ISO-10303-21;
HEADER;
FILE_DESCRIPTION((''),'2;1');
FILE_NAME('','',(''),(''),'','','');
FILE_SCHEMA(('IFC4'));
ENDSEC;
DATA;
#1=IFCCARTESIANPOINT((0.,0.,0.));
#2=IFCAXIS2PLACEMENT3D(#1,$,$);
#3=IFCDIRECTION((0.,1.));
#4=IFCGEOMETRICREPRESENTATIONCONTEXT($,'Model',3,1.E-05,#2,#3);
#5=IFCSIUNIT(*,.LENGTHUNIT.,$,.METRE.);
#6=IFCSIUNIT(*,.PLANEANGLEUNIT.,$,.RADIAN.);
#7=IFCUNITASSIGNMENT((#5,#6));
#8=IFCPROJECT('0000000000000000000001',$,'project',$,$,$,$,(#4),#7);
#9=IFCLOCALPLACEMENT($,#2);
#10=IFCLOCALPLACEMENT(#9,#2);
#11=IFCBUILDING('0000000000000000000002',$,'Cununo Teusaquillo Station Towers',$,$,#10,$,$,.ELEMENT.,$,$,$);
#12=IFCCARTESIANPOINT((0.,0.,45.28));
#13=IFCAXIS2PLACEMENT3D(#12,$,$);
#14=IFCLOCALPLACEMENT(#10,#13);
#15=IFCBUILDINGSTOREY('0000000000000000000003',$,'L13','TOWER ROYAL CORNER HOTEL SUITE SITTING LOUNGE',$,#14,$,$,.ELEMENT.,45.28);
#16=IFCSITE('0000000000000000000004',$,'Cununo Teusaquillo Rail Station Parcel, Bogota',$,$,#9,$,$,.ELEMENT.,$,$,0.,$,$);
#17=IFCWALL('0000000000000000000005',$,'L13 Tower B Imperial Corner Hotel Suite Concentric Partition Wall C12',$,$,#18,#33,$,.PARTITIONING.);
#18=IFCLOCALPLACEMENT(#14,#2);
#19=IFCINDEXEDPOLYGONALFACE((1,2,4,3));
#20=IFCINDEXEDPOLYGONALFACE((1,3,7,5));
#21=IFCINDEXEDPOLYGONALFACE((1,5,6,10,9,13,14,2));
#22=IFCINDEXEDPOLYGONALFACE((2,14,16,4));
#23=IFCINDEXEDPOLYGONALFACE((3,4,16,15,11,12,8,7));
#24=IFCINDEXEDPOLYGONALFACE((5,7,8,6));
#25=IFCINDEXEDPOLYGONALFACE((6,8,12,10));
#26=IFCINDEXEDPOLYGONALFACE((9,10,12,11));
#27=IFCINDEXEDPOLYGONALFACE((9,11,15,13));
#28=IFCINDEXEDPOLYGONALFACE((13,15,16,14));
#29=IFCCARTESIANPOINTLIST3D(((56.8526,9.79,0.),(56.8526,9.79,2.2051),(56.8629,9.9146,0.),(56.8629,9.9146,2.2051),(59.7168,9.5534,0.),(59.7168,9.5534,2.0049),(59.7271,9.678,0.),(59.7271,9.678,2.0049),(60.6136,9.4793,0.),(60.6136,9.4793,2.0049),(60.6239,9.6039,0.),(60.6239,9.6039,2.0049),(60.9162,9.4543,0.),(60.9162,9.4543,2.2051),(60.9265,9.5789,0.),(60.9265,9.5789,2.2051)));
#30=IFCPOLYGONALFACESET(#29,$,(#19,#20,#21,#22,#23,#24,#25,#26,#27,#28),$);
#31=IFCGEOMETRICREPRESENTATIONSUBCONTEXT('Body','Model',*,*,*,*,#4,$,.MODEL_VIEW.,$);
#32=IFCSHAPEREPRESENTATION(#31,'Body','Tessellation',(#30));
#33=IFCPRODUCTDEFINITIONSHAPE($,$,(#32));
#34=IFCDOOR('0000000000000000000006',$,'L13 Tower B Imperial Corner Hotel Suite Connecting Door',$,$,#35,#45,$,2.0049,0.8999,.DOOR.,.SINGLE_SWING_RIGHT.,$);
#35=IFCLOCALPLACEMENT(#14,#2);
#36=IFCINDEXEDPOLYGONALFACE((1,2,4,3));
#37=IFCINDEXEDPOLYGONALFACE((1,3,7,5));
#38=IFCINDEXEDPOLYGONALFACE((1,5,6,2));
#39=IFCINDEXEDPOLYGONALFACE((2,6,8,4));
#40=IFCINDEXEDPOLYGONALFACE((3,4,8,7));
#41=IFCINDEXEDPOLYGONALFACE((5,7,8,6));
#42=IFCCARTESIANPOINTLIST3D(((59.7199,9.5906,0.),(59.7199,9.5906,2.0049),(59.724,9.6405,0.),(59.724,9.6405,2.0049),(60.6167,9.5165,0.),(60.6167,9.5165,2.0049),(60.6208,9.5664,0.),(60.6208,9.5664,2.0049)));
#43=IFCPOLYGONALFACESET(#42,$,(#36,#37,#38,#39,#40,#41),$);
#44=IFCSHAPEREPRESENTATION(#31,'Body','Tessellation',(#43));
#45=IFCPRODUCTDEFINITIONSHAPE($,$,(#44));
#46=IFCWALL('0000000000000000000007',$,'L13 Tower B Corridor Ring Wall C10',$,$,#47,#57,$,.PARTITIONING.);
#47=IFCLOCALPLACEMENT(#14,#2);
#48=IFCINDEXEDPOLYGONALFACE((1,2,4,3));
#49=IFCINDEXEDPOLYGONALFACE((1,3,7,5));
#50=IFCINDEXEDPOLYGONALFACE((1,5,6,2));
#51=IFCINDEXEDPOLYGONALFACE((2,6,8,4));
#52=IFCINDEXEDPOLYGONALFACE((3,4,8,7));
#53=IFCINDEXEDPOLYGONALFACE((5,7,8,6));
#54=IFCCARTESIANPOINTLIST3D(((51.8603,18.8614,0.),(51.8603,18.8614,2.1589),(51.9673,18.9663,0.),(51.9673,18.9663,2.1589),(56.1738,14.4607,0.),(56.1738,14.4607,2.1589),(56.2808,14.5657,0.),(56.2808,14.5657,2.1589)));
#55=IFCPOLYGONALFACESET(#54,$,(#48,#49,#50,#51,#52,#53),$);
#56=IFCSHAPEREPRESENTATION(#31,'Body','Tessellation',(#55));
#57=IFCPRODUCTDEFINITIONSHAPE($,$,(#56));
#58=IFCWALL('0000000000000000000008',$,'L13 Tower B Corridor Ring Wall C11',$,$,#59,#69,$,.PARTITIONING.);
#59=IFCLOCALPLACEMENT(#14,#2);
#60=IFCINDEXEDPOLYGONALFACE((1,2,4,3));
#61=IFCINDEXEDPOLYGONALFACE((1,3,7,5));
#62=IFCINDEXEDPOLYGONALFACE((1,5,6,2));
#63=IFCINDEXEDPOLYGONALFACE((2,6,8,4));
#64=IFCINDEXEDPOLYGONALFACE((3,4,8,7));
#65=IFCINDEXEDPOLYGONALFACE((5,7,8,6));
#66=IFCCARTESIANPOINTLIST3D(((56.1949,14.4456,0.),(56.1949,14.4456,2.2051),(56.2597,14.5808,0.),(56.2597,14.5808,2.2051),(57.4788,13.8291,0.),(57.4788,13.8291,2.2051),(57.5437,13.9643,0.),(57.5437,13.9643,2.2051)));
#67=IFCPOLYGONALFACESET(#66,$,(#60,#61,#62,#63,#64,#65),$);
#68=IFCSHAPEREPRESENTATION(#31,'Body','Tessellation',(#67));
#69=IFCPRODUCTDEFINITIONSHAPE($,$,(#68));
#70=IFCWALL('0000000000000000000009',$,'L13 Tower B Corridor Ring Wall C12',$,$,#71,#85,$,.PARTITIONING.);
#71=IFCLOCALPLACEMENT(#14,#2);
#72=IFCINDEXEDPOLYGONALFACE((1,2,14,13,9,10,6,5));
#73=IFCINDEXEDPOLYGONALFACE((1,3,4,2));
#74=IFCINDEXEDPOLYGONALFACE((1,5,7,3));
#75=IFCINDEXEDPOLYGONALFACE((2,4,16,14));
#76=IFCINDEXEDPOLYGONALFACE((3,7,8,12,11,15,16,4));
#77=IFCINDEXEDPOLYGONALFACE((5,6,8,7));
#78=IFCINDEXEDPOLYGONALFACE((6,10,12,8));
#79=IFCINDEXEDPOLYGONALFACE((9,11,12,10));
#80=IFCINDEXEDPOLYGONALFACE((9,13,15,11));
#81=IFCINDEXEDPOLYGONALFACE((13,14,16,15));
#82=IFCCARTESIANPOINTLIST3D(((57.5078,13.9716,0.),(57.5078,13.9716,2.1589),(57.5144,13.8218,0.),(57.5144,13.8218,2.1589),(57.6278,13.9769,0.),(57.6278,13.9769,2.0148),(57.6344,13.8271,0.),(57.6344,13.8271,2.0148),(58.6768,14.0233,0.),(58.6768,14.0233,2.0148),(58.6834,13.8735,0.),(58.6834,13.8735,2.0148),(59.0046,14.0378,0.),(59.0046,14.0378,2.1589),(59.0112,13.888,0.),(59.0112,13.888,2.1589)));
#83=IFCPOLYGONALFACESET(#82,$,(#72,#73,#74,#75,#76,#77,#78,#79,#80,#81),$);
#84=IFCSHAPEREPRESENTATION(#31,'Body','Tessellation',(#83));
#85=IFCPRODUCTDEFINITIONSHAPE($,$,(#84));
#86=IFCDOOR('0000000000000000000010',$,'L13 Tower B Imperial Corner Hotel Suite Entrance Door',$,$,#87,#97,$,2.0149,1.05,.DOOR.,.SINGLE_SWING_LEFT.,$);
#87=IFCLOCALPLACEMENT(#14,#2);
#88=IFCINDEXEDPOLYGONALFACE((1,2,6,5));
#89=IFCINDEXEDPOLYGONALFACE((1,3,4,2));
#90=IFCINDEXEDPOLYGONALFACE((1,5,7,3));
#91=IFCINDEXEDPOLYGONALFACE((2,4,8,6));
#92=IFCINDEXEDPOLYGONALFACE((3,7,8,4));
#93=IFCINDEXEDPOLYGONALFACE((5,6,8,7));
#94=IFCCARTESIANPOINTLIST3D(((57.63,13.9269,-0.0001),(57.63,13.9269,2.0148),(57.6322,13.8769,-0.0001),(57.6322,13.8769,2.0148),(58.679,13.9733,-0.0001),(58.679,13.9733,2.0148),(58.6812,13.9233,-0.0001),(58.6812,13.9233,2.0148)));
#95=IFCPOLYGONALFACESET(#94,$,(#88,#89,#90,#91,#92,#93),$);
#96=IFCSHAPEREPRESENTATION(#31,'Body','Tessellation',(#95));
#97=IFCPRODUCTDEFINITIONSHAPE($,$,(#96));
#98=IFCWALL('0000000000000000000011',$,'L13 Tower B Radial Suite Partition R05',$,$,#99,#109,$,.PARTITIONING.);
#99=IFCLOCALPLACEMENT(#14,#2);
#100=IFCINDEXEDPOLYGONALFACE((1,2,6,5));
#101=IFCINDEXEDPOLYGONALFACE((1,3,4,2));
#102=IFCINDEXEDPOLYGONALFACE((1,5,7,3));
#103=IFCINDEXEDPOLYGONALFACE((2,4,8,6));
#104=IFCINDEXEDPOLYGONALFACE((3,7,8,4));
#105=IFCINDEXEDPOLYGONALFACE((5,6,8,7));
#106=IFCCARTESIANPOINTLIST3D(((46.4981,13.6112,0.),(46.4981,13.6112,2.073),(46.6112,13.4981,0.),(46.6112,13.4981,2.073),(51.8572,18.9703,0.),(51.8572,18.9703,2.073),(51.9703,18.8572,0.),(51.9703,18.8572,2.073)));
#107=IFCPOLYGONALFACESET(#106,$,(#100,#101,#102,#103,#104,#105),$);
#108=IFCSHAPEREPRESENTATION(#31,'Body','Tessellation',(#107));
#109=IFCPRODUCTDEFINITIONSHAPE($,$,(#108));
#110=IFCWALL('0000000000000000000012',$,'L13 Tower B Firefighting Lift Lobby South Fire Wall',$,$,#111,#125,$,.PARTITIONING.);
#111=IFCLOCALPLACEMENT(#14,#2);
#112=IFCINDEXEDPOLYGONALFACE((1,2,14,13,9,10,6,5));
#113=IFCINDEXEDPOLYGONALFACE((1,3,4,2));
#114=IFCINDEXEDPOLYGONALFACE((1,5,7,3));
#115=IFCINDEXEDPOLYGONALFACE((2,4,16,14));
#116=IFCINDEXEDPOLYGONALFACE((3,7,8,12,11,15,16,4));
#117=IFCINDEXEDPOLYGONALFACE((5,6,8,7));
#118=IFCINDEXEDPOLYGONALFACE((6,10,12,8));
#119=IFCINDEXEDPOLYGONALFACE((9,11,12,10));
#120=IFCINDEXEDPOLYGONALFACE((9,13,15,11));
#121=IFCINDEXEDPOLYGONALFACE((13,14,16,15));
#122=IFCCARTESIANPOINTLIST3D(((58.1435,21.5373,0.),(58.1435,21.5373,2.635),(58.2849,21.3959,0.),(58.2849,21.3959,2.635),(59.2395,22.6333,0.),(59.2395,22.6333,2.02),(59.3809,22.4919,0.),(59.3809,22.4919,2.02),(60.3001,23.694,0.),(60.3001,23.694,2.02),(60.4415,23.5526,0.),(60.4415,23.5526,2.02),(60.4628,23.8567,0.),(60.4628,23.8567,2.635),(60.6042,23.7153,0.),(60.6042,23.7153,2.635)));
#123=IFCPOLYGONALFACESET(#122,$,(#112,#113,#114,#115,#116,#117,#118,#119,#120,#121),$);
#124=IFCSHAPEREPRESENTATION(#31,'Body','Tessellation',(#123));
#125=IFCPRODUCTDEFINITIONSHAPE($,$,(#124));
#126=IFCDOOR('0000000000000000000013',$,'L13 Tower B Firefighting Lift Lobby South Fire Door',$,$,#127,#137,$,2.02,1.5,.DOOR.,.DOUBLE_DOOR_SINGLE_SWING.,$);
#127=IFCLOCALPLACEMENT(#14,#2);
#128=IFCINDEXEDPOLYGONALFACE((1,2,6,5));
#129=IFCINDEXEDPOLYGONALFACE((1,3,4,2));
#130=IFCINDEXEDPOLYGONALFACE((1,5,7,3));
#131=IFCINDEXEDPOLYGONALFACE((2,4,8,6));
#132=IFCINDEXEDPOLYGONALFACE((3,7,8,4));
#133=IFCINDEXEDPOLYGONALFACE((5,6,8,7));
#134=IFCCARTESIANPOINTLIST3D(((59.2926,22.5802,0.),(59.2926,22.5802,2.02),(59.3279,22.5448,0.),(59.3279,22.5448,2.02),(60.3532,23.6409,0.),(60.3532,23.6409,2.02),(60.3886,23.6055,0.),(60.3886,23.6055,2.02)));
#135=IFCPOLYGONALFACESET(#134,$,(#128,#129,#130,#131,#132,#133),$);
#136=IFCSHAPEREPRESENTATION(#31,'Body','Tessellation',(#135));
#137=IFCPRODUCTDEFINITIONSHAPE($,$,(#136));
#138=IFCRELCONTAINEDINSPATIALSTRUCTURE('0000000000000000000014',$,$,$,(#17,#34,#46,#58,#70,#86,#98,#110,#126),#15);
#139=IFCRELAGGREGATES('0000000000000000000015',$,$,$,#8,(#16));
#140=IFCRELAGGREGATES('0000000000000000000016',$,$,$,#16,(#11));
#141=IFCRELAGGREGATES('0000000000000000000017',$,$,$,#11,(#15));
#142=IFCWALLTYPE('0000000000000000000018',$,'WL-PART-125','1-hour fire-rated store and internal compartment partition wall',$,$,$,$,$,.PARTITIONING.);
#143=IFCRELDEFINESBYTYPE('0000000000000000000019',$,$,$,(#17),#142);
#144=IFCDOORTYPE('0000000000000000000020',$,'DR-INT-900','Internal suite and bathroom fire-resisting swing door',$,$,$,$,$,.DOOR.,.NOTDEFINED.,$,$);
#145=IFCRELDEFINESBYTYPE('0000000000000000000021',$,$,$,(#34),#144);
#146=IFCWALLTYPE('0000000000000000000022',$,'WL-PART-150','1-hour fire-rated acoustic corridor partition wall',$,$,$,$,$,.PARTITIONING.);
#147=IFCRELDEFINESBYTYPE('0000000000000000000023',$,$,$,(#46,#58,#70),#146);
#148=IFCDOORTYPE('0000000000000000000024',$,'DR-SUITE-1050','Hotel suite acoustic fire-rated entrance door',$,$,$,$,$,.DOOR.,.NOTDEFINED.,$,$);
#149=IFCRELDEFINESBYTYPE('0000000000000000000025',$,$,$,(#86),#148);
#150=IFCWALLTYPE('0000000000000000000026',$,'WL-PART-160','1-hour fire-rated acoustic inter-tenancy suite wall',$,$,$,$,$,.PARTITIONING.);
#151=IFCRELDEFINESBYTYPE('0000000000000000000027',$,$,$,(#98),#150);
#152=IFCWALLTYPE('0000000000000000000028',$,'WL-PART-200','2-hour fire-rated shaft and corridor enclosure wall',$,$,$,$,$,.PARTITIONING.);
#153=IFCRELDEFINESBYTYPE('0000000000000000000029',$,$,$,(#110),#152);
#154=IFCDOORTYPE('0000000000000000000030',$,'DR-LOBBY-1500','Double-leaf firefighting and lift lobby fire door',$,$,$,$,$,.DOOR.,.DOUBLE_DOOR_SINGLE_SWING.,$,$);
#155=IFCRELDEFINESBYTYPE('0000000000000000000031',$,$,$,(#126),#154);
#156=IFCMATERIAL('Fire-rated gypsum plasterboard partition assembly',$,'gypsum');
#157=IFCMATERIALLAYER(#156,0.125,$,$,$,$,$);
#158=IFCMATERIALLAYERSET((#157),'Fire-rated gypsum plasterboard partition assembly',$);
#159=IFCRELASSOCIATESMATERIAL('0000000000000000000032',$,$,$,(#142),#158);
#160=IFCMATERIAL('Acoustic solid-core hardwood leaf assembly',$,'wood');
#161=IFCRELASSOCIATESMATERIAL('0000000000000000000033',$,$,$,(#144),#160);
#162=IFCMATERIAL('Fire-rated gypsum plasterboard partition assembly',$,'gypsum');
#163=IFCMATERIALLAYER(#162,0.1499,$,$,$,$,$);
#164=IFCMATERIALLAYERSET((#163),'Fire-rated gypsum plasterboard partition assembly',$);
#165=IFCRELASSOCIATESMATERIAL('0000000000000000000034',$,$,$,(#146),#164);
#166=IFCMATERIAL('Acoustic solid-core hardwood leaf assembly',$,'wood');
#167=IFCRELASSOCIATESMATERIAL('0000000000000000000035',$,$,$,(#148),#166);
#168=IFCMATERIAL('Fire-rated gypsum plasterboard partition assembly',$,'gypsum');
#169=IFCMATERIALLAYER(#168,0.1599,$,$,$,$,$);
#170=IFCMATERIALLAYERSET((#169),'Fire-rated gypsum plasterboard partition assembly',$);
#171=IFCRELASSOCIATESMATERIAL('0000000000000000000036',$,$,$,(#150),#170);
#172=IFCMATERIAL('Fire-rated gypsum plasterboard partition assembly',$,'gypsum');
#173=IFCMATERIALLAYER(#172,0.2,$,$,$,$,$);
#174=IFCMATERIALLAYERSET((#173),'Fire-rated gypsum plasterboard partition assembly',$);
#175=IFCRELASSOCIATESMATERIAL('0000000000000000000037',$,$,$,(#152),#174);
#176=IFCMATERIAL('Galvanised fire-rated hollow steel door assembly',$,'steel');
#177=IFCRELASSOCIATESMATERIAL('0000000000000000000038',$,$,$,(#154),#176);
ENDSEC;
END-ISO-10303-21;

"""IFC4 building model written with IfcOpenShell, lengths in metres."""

from ifc_helpers import new_model, si_unit, direction, frame, frame_2d, origin, place, context, subcontext, project, spatial, rectangle, extrude, source, transform, mapped, material, layer, layer_set, type_object, element, fill, save


model = new_model("IFC4")

# Units and contexts
model_context = context("Model", 3, precision=1e-05, world=origin(), true_north=direction((0.0, 1.0)))
body_context = subcontext(model_context, "Body", "Model", "MODEL_VIEW")
ifc_project = project(units=[si_unit("LENGTHUNIT", "METRE"), si_unit("PLANEANGLEUNIT", "RADIAN")], contexts=[model_context])

# Site, building, storey
site_placement = place(None, origin())
site = spatial("IfcSite", under=ifc_project, at=site_placement, Name="Cununo Teusaquillo Rail Station Parcel, Bogota", CompositionType="ELEMENT", RefElevation=0.0)
building_placement = place(site_placement, origin())
building = spatial("IfcBuilding", under=site, at=building_placement, Name="Cununo Teusaquillo Station Towers", CompositionType="ELEMENT")
storey_placement = place(building_placement, frame((0.0, 0.0, 45.28)))
storey = spatial("IfcBuildingStorey", under=building, at=storey_placement, Name="L13", Description="TOWER ROYAL CORNER HOTEL SUITE SITTING LOUNGE", CompositionType="ELEMENT", Elevation=45.28)

# Shared definitions
ifc_material_1 = material(Name="Fire-rated gypsum plasterboard partition assembly", Category="gypsum")
ifc_layer_1 = layer(ifc_material_1, 0.125)
ifc_layer_set_1 = layer_set([ifc_layer_1], Name="Fire-rated gypsum plasterboard partition assembly")
wall_type_1 = type_object("IfcWallType", Name="WL-PART-125", Description="1-hour fire-rated store and internal compartment partition wall", PredefinedType="PARTITIONING", material=ifc_layer_set_1)

# Wall, opening, door
wall_1_placement = place(storey_placement, frame((56.8579, 9.8523, 0.0), z_axis=(0.0, 0.0, 1.0), x_axis=(0.996605, -0.082332, 0.0)))
wall_1 = element("IfcWall", 1, at=wall_1_placement, inside=storey, type_object=wall_type_1, Name="L13 Tower B Imperial Corner Hotel Suite Concentric Partition Wall C12", PredefinedType="PARTITIONING", context=body_context, shape_type="SweptSolid", body=[
    extrude(rectangle(XDim=4.0774, YDim=0.125, at=frame_2d((2.0386, 0.0))), origin(), (0.0, 0.0, 1.0), 2.2051),
])
shared_shape_1 = source(origin(), body_context, "Body", "SweptSolid", [
    extrude(rectangle(XDim=0.8999, YDim=2.0049, at=frame_2d((0.45, 1.0024))), frame((0.0, 0.0725, 0.0), z_axis=(0.0, -1.0, 0.0), x_axis=(1.0, 0.0, 0.0)), (0.0, 0.0, 1.0), 0.145),
])
opening_1_placement = place(wall_1_placement, frame((2.8738, 0.0, 0.0)))
opening_1 = element("IfcOpeningElement", 2, at=opening_1_placement, cuts=wall_1, PredefinedType="OPENING", context=body_context, shape_type="MappedRepresentation", body=[
    mapped(shared_shape_1, transform((0.0, 0.0, 0.0), x_axis=(1.0, 0.0, 0.0), y_axis=(0.0, 1.0, 0.0), z_axis=(0.0, 0.0, 1.0), scale=1.0)),
])
ifc_material_2 = material(Name="Acoustic solid-core hardwood leaf assembly", Category="wood")
door_type_1 = type_object("IfcDoorType", Name="DR-INT-900", Description="Internal suite and bathroom fire-resisting swing door", OperationType="NOTDEFINED", PredefinedType="DOOR", material=ifc_material_2)
shared_shape_2 = source(origin(), body_context, "Body", "SweptSolid", [
    extrude(rectangle(XDim=0.8999, YDim=2.0049, at=frame_2d((0.45, 1.0024))), frame((0.0, 0.0249, 0.0), z_axis=(0.0, -1.0, 0.0), x_axis=(1.0, 0.0, 0.0)), (0.0, 0.0, 1.0), 0.05),
])
door_1_placement = place(opening_1_placement, origin())
door_1 = element("IfcDoor", 3, at=door_1_placement, inside=storey, type_object=door_type_1, Name="L13 Tower B Imperial Corner Hotel Suite Connecting Door", OperationType="SINGLE_SWING_RIGHT", OverallHeight=2.0049, OverallWidth=0.8999, PredefinedType="DOOR", context=body_context, shape_type="MappedRepresentation", body=[
    mapped(shared_shape_2, transform((0.0, 0.0, 0.0), x_axis=(1.0, 0.0, 0.0), y_axis=(0.0, 1.0, 0.0), z_axis=(0.0, 0.0, 1.0), scale=1.0)),
])
fill(opening_1, door_1)

# Walls
ifc_material_3 = material(Name="Fire-rated gypsum plasterboard partition assembly", Category="gypsum")
ifc_layer_2 = layer(ifc_material_3, 0.1499)
ifc_layer_set_2 = layer_set([ifc_layer_2], Name="Fire-rated gypsum plasterboard partition assembly")
wall_type_2 = type_object("IfcWallType", Name="WL-PART-150", Description="1-hour fire-rated acoustic corridor partition wall", PredefinedType="PARTITIONING", material=ifc_layer_set_2)
wall_2_placement = place(storey_placement, frame((51.9138, 18.9138, 0.0), z_axis=(0.0, 0.0, 1.0), x_axis=(0.699999, -0.714144, 0.0)))
element("IfcWall", 4, at=wall_2_placement, inside=storey, type_object=wall_type_2, Name="L13 Tower B Corridor Ring Wall C10", PredefinedType="PARTITIONING", context=body_context, shape_type="SweptSolid", body=[
    extrude(rectangle(XDim=6.1621, YDim=0.1499, at=frame_2d((3.0811, 0.0))), origin(), (0.0, 0.0, 1.0), 2.1589),
])
wall_3_placement = place(storey_placement, frame((56.2273, 14.5132, 0.0), z_axis=(0.0, 0.0, 1.0), x_axis=(0.901478, -0.432826, 0.0)))
element("IfcWall", 5, at=wall_3_placement, inside=storey, type_object=wall_type_2, Name="L13 Tower B Corridor Ring Wall C11", PredefinedType="PARTITIONING", context=body_context, shape_type="SweptSolid", body=[
    extrude(rectangle(XDim=1.4243, YDim=0.1499, at=frame_2d((0.7122, 0.0))), origin(), (0.0, 0.0, 1.0), 2.2051),
])

# Wall, opening, door
wall_4_placement = place(storey_placement, frame((57.5112, 13.8967, 0.0), z_axis=(0.0, 0.0, 1.0), x_axis=(0.999025, 0.044158, 0.0)))
wall_4 = element("IfcWall", 6, at=wall_4_placement, inside=storey, type_object=wall_type_2, Name="L13 Tower B Corridor Ring Wall C12", PredefinedType="PARTITIONING", context=body_context, shape_type="SweptSolid", body=[
    extrude(rectangle(XDim=1.4983, YDim=0.1499, at=frame_2d((0.749, 0.0))), origin(), (0.0, 0.0, 1.0), 2.1589),
])
shared_shape_3 = source(origin(), body_context, "Body", "SweptSolid", [
    extrude(rectangle(XDim=1.05, YDim=2.0149, at=frame_2d((0.5249, 1.0073))), frame((0.0, 0.085, 0.0), z_axis=(0.0, -1.0, 0.0), x_axis=(1.0, 0.0, 0.0)), (0.0, 0.0, 1.0), 0.1699),
])
opening_2_placement = place(wall_4_placement, frame((0.1201, 0.0, 0.0)))
opening_2 = element("IfcOpeningElement", 7, at=opening_2_placement, cuts=wall_4, PredefinedType="OPENING", context=body_context, shape_type="MappedRepresentation", body=[
    mapped(shared_shape_3, transform((0.0, 0.0, 0.0), x_axis=(1.0, 0.0, 0.0), y_axis=(0.0, 1.0, 0.0), z_axis=(0.0, 0.0, 1.0), scale=1.0)),
])
ifc_material_4 = material(Name="Acoustic solid-core hardwood leaf assembly", Category="wood")
door_type_2 = type_object("IfcDoorType", Name="DR-SUITE-1050", Description="Hotel suite acoustic fire-rated entrance door", OperationType="NOTDEFINED", PredefinedType="DOOR", material=ifc_material_4)
shared_shape_4 = source(origin(), body_context, "Body", "SweptSolid", [
    extrude(rectangle(XDim=1.05, YDim=2.0149, at=frame_2d((0.5249, 1.0073))), frame((0.0, 0.0249, 0.0), z_axis=(0.0, -1.0, 0.0), x_axis=(1.0, 0.0, 0.0)), (0.0, 0.0, 1.0), 0.05),
])
door_2_placement = place(opening_2_placement, origin())
door_2 = element("IfcDoor", 8, at=door_2_placement, inside=storey, type_object=door_type_2, Name="L13 Tower B Imperial Corner Hotel Suite Entrance Door", OperationType="SINGLE_SWING_LEFT", OverallHeight=2.0149, OverallWidth=1.05, PredefinedType="DOOR", context=body_context, shape_type="MappedRepresentation", body=[
    mapped(shared_shape_4, transform((0.0, 0.0, 0.0), x_axis=(1.0, 0.0, 0.0), y_axis=(0.0, 1.0, 0.0), z_axis=(0.0, 0.0, 1.0), scale=1.0)),
])
fill(opening_2, door_2)

# Wall
ifc_material_5 = material(Name="Fire-rated gypsum plasterboard partition assembly", Category="gypsum")
ifc_layer_3 = layer(ifc_material_5, 0.1599)
ifc_layer_set_3 = layer_set([ifc_layer_3], Name="Fire-rated gypsum plasterboard partition assembly")
wall_type_3 = type_object("IfcWallType", Name="WL-PART-160", Description="1-hour fire-rated acoustic inter-tenancy suite wall", PredefinedType="PARTITIONING", material=ifc_layer_set_3)
wall_5_placement = place(storey_placement, frame((51.9138, 18.9138, 0.0), z_axis=(0.0, 0.0, 1.0), x_axis=(-0.707107, -0.707107, 0.0)))
element("IfcWall", 9, at=wall_5_placement, inside=storey, type_object=wall_type_3, Name="L13 Tower B Radial Suite Partition R05", PredefinedType="PARTITIONING", context=body_context, shape_type="SweptSolid", body=[
    extrude(rectangle(XDim=7.5789, YDim=0.1599, at=frame_2d((3.7896, 0.0))), origin(), (0.0, 0.0, 1.0), 2.073),
])

# Wall, opening, door
ifc_material_6 = material(Name="Fire-rated gypsum plasterboard partition assembly", Category="gypsum")
ifc_layer_4 = layer(ifc_material_6, 0.2)
ifc_layer_set_4 = layer_set([ifc_layer_4], Name="Fire-rated gypsum plasterboard partition assembly")
wall_type_4 = type_object("IfcWallType", Name="WL-PART-200", Description="2-hour fire-rated shaft and corridor enclosure wall", PredefinedType="PARTITIONING", material=ifc_layer_set_4)
wall_6_placement = place(storey_placement, frame((58.2141, 21.4666, 0.0), z_axis=(0.0, 0.0, 1.0), x_axis=(0.707107, 0.707107, 0.0)))
wall_6 = element("IfcWall", 10, at=wall_6_placement, inside=storey, type_object=wall_type_4, Name="L13 Tower B Firefighting Lift Lobby South Fire Wall", PredefinedType="PARTITIONING", context=body_context, shape_type="SweptSolid", body=[
    extrude(rectangle(XDim=3.28, YDim=0.2, at=frame_2d((1.6401, 0.0))), origin(), (0.0, 0.0, 1.0), 2.635),
])
shared_shape_5 = source(origin(), body_context, "Body", "SweptSolid", [
    extrude(rectangle(XDim=1.5, YDim=2.02, at=frame_2d((0.75, 1.01))), frame((0.0, 0.1099, 0.0), z_axis=(0.0, -1.0, 0.0), x_axis=(1.0, 0.0, 0.0)), (0.0, 0.0, 1.0), 0.22),
])
opening_3_placement = place(wall_6_placement, frame((1.55, 0.0, 0.0)))
opening_3 = element("IfcOpeningElement", 11, at=opening_3_placement, cuts=wall_6, PredefinedType="OPENING", context=body_context, shape_type="MappedRepresentation", body=[
    mapped(shared_shape_5, transform((0.0, 0.0, 0.0), x_axis=(1.0, 0.0, 0.0), y_axis=(0.0, 1.0, 0.0), z_axis=(0.0, 0.0, 1.0), scale=1.0)),
])
ifc_material_7 = material(Name="Galvanised fire-rated hollow steel door assembly", Category="steel")
door_type_3 = type_object("IfcDoorType", Name="DR-LOBBY-1500", Description="Double-leaf firefighting and lift lobby fire door", OperationType="DOUBLE_DOOR_SINGLE_SWING", PredefinedType="DOOR", material=ifc_material_7)
shared_shape_6 = source(origin(), body_context, "Body", "SweptSolid", [
    extrude(rectangle(XDim=1.5, YDim=2.02, at=frame_2d((0.75, 1.01))), frame((0.0, 0.0249, 0.0), z_axis=(0.0, -1.0, 0.0), x_axis=(1.0, 0.0, 0.0)), (0.0, 0.0, 1.0), 0.05),
])
door_3_placement = place(opening_3_placement, origin())
door_3 = element("IfcDoor", 12, at=door_3_placement, inside=storey, type_object=door_type_3, Name="L13 Tower B Firefighting Lift Lobby South Fire Door", OperationType="DOUBLE_DOOR_SINGLE_SWING", OverallHeight=2.02, OverallWidth=1.5, PredefinedType="DOOR", context=body_context, shape_type="MappedRepresentation", body=[
    mapped(shared_shape_6, transform((0.0, 0.0, 0.0), x_axis=(1.0, 0.0, 0.0), y_axis=(0.0, 1.0, 0.0), z_axis=(0.0, 0.0, 1.0), scale=1.0)),
])
fill(opening_3, door_3)

save(model, "model.ifc")
